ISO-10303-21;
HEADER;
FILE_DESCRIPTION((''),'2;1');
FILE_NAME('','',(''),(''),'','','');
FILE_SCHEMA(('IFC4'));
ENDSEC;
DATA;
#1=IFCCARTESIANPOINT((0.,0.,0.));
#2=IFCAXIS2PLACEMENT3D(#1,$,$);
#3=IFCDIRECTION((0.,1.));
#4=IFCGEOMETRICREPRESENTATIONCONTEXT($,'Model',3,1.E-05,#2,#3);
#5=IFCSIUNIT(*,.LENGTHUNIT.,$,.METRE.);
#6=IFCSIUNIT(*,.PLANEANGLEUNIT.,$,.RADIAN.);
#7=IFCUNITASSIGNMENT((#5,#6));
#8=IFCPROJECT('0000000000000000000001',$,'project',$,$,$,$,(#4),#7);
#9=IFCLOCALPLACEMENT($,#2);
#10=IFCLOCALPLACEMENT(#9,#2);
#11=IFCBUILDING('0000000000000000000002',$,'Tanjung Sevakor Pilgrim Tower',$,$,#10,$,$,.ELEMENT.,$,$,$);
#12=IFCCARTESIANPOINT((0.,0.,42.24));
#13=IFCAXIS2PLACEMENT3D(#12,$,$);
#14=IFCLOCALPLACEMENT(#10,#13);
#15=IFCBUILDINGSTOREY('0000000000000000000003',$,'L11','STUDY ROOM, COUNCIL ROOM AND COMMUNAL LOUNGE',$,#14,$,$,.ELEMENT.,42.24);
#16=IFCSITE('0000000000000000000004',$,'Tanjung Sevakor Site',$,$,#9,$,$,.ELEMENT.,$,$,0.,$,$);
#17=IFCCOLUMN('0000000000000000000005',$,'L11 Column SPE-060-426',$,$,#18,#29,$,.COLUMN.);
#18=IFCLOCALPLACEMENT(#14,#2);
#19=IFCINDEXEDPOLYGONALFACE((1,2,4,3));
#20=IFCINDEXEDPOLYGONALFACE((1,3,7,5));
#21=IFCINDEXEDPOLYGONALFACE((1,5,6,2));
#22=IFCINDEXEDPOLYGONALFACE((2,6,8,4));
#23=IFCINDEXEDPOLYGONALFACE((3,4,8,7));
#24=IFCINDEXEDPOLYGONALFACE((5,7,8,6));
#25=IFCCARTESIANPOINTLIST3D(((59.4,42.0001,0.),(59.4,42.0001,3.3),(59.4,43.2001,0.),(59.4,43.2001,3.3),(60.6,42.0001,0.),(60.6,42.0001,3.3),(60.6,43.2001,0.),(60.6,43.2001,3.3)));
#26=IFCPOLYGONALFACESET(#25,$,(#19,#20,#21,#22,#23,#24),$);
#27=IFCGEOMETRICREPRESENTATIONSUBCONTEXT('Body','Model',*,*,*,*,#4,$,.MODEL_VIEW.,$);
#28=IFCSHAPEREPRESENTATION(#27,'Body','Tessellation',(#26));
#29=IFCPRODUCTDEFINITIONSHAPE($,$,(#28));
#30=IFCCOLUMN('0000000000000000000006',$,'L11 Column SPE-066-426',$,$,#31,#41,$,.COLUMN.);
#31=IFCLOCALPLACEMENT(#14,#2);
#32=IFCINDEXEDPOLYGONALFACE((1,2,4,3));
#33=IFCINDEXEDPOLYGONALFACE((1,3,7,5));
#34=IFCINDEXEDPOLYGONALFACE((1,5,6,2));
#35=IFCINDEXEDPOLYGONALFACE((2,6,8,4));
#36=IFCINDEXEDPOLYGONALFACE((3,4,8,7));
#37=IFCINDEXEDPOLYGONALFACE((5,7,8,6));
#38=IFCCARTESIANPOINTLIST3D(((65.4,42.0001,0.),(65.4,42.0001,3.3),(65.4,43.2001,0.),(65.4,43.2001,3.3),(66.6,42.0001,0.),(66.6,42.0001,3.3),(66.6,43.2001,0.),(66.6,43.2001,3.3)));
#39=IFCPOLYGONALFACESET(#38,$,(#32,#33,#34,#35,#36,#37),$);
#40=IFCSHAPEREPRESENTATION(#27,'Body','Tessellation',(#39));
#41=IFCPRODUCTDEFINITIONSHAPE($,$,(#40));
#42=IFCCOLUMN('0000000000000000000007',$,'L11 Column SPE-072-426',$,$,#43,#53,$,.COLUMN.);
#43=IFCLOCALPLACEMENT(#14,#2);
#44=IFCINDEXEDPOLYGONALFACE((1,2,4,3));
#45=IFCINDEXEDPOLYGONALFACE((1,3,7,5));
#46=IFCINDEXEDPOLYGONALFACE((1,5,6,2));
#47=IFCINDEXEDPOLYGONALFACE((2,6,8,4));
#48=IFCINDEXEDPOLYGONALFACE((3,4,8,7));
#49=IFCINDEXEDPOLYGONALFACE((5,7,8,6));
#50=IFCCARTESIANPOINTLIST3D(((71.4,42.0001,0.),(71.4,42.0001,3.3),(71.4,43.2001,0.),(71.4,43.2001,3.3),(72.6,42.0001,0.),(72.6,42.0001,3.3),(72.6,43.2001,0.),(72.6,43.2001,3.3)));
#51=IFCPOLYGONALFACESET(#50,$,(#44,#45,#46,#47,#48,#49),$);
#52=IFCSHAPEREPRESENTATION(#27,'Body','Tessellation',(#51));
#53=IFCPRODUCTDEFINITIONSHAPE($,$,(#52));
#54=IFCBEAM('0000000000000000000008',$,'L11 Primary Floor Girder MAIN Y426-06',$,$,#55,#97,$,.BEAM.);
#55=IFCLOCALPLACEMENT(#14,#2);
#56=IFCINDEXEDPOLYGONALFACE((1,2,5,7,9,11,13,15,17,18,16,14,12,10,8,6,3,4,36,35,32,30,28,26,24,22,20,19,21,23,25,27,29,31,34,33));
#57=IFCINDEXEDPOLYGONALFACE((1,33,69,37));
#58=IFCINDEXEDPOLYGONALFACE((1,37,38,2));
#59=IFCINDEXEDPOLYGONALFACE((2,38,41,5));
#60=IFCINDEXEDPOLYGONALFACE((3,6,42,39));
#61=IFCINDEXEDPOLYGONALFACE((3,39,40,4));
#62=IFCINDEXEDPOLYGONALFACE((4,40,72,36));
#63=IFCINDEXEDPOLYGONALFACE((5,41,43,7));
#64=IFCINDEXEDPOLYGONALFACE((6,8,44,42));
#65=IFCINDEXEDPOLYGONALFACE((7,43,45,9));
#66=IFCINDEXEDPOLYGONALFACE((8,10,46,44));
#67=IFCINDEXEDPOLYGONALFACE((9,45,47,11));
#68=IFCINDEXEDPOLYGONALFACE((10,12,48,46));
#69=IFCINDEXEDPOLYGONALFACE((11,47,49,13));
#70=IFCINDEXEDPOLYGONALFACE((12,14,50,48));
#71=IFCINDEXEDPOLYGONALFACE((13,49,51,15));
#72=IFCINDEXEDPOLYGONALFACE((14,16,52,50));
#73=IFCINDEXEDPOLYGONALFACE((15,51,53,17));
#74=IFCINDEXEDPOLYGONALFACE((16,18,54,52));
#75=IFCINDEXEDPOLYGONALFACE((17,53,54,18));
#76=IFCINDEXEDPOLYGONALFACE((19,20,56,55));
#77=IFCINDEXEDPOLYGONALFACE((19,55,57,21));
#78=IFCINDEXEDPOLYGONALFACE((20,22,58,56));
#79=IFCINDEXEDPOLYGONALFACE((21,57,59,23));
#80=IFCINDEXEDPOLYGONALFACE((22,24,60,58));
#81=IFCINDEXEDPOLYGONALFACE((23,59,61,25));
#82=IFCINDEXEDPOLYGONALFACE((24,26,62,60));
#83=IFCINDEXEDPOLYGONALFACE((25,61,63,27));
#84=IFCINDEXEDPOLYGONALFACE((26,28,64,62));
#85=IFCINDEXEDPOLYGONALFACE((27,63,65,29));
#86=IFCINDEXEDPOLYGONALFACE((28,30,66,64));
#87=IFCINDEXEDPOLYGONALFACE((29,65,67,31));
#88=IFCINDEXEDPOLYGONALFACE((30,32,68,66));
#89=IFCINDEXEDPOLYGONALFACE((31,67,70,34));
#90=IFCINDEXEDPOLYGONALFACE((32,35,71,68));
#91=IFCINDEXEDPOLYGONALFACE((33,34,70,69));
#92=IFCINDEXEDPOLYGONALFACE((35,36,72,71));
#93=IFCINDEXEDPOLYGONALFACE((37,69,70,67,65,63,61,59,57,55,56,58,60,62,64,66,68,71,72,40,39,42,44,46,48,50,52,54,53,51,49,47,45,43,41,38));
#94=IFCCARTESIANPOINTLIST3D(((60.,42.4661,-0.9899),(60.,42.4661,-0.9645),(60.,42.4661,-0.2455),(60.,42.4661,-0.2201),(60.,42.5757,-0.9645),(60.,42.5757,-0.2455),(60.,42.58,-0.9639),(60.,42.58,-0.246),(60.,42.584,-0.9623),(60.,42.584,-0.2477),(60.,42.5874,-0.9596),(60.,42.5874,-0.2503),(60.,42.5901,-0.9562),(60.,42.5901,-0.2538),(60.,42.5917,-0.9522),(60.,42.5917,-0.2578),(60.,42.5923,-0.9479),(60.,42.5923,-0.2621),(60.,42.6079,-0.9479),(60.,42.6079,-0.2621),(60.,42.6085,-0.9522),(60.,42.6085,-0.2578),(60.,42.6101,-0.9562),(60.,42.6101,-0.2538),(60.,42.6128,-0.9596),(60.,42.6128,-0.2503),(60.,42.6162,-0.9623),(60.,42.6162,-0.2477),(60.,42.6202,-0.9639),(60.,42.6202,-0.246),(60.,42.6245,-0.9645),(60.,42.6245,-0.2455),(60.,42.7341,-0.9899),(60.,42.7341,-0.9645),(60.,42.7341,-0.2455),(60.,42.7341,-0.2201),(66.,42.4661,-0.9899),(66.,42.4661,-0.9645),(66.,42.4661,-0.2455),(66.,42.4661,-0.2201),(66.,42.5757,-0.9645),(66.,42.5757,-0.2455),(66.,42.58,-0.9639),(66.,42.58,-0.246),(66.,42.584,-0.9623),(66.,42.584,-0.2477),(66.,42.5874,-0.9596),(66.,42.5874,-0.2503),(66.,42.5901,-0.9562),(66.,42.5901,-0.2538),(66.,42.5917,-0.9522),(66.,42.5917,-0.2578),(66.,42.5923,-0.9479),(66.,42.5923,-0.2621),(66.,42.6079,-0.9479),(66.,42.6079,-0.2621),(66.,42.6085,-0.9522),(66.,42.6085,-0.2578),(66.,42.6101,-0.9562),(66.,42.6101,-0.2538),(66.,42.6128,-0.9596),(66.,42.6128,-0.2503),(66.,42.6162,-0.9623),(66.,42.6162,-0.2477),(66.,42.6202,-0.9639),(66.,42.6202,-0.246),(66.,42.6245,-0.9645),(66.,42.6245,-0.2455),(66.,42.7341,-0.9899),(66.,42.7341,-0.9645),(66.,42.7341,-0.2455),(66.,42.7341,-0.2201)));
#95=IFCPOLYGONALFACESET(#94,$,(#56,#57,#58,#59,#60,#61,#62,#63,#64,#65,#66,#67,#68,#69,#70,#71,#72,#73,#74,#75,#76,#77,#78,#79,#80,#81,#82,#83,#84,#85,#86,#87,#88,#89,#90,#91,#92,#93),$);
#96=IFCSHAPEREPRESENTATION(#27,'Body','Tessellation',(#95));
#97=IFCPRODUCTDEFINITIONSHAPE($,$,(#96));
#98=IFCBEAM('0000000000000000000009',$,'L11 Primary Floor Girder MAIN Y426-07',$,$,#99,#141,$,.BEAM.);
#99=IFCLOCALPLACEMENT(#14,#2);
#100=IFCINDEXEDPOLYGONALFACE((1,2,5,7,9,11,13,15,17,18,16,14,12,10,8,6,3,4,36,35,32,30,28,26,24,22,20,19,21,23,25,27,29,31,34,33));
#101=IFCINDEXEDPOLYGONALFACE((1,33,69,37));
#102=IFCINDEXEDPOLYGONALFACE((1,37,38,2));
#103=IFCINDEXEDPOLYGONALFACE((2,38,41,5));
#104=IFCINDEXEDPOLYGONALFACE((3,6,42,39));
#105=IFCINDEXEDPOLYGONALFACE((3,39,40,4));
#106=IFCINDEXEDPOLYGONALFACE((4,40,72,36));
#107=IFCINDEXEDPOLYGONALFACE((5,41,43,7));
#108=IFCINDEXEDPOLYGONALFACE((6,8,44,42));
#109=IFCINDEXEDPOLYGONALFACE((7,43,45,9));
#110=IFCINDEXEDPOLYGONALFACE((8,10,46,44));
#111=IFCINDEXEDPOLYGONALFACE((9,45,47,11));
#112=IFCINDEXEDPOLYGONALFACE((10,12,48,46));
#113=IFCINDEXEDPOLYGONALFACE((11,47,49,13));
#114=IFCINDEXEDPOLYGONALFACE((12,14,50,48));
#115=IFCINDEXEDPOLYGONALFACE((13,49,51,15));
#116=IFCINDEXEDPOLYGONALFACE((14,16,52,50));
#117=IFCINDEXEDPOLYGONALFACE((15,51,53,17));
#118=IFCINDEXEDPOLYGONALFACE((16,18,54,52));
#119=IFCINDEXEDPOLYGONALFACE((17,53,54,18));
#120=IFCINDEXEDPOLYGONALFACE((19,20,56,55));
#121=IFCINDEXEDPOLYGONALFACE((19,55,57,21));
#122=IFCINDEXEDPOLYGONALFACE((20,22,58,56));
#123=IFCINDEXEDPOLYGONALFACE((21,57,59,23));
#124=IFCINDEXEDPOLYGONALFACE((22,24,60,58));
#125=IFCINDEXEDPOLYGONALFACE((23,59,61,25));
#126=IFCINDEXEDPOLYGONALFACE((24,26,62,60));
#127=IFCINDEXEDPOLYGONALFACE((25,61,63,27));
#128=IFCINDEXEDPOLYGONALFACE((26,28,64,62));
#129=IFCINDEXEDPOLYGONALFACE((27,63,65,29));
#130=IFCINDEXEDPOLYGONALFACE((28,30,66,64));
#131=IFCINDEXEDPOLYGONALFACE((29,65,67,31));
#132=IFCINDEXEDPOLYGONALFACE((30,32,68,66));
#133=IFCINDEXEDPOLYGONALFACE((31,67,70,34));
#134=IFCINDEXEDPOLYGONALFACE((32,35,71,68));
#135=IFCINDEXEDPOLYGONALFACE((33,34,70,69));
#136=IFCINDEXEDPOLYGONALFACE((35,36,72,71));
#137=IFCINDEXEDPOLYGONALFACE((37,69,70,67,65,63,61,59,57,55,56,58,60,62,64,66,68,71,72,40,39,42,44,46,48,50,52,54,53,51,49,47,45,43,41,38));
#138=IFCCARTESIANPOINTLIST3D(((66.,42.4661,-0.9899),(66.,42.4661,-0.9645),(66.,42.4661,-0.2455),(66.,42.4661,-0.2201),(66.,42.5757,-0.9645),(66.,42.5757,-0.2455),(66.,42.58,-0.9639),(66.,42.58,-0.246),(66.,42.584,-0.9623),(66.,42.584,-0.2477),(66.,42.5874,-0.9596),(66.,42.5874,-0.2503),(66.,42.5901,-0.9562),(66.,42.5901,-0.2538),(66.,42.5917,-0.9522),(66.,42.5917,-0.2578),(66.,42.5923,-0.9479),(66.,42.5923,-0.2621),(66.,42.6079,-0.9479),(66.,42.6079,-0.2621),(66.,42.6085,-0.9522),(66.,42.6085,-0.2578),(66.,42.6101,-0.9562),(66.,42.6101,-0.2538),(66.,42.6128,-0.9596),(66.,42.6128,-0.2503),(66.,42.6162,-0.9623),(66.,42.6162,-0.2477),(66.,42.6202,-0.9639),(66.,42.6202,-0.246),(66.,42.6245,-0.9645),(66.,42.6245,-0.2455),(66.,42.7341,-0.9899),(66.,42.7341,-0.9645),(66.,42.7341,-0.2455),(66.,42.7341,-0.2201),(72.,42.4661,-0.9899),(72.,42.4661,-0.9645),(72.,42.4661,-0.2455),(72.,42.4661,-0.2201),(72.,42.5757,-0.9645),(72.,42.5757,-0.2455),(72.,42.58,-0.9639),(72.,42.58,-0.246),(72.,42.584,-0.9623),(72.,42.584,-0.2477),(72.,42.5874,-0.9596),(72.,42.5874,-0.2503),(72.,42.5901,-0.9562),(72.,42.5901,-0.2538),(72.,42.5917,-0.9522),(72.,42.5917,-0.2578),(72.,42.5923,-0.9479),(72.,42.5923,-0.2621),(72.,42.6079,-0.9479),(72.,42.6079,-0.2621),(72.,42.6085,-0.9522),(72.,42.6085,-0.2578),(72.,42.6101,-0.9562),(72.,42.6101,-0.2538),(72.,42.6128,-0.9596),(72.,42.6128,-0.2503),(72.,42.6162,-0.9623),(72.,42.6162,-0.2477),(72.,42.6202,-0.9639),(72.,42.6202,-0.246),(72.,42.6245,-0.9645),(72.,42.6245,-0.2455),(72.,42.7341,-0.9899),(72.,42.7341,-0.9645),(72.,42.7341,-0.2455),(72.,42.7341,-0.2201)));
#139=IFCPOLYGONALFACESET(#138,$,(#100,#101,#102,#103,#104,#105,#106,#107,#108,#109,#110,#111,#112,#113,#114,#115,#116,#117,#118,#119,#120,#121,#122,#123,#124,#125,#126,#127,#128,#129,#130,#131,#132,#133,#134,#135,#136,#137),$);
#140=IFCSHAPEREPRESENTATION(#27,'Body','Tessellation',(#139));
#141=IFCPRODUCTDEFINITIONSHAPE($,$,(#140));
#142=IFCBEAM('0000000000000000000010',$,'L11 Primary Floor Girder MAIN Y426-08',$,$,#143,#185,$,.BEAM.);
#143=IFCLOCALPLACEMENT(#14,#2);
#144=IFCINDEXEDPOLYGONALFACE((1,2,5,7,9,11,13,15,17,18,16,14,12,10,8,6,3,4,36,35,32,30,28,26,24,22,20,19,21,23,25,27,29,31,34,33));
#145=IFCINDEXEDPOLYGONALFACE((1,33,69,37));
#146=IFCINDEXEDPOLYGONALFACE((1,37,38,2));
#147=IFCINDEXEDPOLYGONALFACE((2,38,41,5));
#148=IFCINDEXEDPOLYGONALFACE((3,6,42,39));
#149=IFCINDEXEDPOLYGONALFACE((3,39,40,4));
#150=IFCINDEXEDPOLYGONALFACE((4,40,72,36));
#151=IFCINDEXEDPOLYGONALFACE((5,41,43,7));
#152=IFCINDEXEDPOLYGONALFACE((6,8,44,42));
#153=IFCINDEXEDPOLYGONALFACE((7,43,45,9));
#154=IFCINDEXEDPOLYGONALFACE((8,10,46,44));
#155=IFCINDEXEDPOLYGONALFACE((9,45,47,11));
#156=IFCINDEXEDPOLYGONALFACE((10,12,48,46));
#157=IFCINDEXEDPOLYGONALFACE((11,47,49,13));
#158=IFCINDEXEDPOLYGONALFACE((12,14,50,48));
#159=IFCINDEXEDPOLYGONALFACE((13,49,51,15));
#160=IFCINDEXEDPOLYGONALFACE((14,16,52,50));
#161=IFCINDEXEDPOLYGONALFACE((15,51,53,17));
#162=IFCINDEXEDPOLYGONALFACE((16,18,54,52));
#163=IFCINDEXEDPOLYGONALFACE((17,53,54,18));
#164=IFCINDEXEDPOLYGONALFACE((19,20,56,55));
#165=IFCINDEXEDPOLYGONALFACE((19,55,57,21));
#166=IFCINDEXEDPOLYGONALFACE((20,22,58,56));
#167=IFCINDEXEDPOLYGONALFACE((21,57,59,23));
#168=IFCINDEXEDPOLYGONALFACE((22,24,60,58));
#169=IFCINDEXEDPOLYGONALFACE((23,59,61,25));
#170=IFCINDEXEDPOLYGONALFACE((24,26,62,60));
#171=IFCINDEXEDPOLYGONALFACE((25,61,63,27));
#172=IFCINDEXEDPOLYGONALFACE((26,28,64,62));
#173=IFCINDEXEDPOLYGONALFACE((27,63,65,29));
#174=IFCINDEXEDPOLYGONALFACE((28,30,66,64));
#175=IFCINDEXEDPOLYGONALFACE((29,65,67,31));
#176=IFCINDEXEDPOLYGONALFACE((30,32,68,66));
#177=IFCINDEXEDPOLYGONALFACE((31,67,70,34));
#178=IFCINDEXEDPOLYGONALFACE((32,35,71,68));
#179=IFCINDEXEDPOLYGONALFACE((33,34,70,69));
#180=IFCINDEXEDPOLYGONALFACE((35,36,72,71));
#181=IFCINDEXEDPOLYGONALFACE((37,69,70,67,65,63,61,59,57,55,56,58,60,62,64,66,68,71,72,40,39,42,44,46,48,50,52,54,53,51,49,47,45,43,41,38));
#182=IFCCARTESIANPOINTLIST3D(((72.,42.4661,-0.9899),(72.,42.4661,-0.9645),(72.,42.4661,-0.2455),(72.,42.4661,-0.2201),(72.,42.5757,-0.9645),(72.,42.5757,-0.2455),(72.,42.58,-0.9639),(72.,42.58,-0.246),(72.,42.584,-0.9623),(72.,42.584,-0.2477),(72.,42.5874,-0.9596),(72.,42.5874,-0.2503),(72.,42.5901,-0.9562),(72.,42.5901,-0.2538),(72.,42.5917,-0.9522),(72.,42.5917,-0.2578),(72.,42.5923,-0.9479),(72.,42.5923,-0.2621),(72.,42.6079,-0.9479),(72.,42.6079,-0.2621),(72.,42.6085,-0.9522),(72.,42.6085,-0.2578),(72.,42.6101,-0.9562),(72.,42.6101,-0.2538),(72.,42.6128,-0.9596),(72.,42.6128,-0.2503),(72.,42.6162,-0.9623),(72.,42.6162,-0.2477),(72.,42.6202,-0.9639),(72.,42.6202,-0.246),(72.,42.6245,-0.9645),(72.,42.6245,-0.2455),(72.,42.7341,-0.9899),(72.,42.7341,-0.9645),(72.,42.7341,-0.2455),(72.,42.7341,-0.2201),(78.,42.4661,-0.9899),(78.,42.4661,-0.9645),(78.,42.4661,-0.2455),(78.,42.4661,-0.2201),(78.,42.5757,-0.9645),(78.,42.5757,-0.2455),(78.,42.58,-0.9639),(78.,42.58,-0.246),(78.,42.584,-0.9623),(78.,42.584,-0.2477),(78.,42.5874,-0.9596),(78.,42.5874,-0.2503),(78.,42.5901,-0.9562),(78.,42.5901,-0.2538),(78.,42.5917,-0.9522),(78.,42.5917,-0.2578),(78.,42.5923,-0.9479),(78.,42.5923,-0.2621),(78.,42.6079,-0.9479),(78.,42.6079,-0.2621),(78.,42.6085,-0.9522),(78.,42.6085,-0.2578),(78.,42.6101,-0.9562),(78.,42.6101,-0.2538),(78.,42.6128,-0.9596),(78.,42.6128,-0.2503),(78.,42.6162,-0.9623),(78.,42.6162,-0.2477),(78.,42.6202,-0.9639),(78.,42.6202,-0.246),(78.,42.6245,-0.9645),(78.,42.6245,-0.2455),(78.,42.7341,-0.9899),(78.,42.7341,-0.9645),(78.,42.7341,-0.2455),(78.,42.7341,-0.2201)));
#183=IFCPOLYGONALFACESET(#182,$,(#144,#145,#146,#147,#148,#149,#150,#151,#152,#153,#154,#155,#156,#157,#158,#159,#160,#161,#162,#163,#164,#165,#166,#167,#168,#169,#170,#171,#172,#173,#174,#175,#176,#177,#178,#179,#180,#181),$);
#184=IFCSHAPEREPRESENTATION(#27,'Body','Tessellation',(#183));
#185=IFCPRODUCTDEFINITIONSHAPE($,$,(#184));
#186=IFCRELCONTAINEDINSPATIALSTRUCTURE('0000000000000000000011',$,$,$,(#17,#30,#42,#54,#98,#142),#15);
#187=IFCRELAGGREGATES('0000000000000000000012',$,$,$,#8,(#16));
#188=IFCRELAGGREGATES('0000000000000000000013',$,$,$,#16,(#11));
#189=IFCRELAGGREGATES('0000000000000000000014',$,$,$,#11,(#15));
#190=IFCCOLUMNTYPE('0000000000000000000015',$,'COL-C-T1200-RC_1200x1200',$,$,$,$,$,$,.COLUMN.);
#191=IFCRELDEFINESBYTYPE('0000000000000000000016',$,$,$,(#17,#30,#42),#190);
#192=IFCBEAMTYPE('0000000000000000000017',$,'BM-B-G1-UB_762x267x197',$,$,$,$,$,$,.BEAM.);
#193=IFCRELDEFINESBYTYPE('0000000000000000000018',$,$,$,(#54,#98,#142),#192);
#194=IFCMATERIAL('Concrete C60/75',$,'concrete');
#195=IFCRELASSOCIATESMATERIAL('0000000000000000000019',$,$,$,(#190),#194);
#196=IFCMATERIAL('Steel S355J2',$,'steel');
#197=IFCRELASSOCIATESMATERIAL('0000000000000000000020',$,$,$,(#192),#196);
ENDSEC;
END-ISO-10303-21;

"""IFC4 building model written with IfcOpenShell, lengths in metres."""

from ifc_helpers import new_model, si_unit, direction, frame, origin, origin_2d, place, context, subcontext, project, spatial, rectangle, i_section, extrude, material, material_profile, profile_set, type_object, element, save


model = new_model("IFC4")

# Units and contexts
model_context = context("Model", 3, precision=1e-05, world=origin(), true_north=direction((0.0, 1.0)))
body_context = subcontext(model_context, "Body", "Model", "MODEL_VIEW")
ifc_project = project(units=[si_unit("LENGTHUNIT", "METRE"), si_unit("PLANEANGLEUNIT", "RADIAN")], contexts=[model_context])

# Site, building, storey
site_placement = place(None, origin())
site = spatial("IfcSite", under=ifc_project, at=site_placement, Name="Tanjung Sevakor Site", CompositionType="ELEMENT", RefElevation=0.0)
building_placement = place(site_placement, origin())
building = spatial("IfcBuilding", under=site, at=building_placement, Name="Tanjung Sevakor Pilgrim Tower", CompositionType="ELEMENT")
storey_placement = place(building_placement, frame((0.0, 0.0, 42.24)))
storey = spatial("IfcBuildingStorey", under=building, at=storey_placement, Name="L11", Description="STUDY ROOM, COUNCIL ROOM AND COMMUNAL LOUNGE", CompositionType="ELEMENT", Elevation=42.24)

# Columns
ifc_material_1 = material(Name="Concrete C60/75", Category="concrete")
ifc_material_profile_1 = material_profile(ifc_material_1, rectangle(XDim=1.2, YDim=1.2, at=origin_2d()))
ifc_profile_set_1 = profile_set([ifc_material_profile_1], Name="Concrete C60/75")
column_type = type_object("IfcColumnType", Name="COL-C-T1200-RC_1200x1200", PredefinedType="COLUMN", material=ifc_profile_set_1)
for number, where, z_axis, x_axis, name in (
    (1, (60.0, 42.6001, 0.0), (0.0, 0.0, 1.0), (1.0, 0.0, 0.0), "L11 Column SPE-060-426"),
    (2, (66.0, 42.6001, 0.0), (0.0, 0.0, 1.0), (1.0, 0.0, 0.0), "L11 Column SPE-066-426"),
    (3, (72.0, 42.6001, 0.0), (0.0, 0.0, 1.0), (1.0, 0.0, 0.0), "L11 Column SPE-072-426"),
):
    element("IfcColumn", number, at=place(storey_placement, frame(where, z_axis=z_axis, x_axis=x_axis)), inside=storey, type_object=column_type, Name=name, PredefinedType="COLUMN", context=body_context, shape_type="SweptSolid", body=[
        extrude(rectangle(XDim=1.2, YDim=1.2, at=origin_2d()), origin(), (0.0, 0.0, 1.0), 3.3),
    ])

# Beams
ifc_material_2 = material(Name="Steel S355J2", Category="steel")
ifc_material_profile_2 = material_profile(ifc_material_2, i_section(OverallWidth=0.2681, OverallDepth=0.7698, WebThickness=0.0156, FlangeThickness=0.0254, FilletRadius=0.0166, at=origin_2d()))
ifc_profile_set_2 = profile_set([ifc_material_profile_2], Name="Steel S355J2")
beam_type_1 = type_object("IfcBeamType", Name="BM-B-G1-UB_762x267x197", PredefinedType="BEAM", material=ifc_profile_set_2)
for number, where, z_axis, x_axis, name in (
    (4, (60.0, 42.6001, -0.605), (1.0, 0.0, 0.0), (0.0, 1.0, 0.0), "L11 Primary Floor Girder MAIN Y426-06"),
    (5, (66.0, 42.6001, -0.605), (1.0, 0.0, 0.0), (0.0, 1.0, 0.0), "L11 Primary Floor Girder MAIN Y426-07"),
    (6, (72.0, 42.6001, -0.605), (1.0, 0.0, 0.0), (0.0, 1.0, 0.0), "L11 Primary Floor Girder MAIN Y426-08"),
):
    element("IfcBeam", number, at=place(storey_placement, frame(where, z_axis=z_axis, x_axis=x_axis)), inside=storey, type_object=beam_type_1, Name=name, PredefinedType="BEAM", context=body_context, shape_type="SweptSolid", body=[
        extrude(i_section(OverallWidth=0.2681, OverallDepth=0.7698, WebThickness=0.0156, FlangeThickness=0.0254, FilletRadius=0.0166, at=origin_2d()), origin(), (0.0, 0.0, 1.0), 6.0),
    ])

save(model, "model.ifc")
